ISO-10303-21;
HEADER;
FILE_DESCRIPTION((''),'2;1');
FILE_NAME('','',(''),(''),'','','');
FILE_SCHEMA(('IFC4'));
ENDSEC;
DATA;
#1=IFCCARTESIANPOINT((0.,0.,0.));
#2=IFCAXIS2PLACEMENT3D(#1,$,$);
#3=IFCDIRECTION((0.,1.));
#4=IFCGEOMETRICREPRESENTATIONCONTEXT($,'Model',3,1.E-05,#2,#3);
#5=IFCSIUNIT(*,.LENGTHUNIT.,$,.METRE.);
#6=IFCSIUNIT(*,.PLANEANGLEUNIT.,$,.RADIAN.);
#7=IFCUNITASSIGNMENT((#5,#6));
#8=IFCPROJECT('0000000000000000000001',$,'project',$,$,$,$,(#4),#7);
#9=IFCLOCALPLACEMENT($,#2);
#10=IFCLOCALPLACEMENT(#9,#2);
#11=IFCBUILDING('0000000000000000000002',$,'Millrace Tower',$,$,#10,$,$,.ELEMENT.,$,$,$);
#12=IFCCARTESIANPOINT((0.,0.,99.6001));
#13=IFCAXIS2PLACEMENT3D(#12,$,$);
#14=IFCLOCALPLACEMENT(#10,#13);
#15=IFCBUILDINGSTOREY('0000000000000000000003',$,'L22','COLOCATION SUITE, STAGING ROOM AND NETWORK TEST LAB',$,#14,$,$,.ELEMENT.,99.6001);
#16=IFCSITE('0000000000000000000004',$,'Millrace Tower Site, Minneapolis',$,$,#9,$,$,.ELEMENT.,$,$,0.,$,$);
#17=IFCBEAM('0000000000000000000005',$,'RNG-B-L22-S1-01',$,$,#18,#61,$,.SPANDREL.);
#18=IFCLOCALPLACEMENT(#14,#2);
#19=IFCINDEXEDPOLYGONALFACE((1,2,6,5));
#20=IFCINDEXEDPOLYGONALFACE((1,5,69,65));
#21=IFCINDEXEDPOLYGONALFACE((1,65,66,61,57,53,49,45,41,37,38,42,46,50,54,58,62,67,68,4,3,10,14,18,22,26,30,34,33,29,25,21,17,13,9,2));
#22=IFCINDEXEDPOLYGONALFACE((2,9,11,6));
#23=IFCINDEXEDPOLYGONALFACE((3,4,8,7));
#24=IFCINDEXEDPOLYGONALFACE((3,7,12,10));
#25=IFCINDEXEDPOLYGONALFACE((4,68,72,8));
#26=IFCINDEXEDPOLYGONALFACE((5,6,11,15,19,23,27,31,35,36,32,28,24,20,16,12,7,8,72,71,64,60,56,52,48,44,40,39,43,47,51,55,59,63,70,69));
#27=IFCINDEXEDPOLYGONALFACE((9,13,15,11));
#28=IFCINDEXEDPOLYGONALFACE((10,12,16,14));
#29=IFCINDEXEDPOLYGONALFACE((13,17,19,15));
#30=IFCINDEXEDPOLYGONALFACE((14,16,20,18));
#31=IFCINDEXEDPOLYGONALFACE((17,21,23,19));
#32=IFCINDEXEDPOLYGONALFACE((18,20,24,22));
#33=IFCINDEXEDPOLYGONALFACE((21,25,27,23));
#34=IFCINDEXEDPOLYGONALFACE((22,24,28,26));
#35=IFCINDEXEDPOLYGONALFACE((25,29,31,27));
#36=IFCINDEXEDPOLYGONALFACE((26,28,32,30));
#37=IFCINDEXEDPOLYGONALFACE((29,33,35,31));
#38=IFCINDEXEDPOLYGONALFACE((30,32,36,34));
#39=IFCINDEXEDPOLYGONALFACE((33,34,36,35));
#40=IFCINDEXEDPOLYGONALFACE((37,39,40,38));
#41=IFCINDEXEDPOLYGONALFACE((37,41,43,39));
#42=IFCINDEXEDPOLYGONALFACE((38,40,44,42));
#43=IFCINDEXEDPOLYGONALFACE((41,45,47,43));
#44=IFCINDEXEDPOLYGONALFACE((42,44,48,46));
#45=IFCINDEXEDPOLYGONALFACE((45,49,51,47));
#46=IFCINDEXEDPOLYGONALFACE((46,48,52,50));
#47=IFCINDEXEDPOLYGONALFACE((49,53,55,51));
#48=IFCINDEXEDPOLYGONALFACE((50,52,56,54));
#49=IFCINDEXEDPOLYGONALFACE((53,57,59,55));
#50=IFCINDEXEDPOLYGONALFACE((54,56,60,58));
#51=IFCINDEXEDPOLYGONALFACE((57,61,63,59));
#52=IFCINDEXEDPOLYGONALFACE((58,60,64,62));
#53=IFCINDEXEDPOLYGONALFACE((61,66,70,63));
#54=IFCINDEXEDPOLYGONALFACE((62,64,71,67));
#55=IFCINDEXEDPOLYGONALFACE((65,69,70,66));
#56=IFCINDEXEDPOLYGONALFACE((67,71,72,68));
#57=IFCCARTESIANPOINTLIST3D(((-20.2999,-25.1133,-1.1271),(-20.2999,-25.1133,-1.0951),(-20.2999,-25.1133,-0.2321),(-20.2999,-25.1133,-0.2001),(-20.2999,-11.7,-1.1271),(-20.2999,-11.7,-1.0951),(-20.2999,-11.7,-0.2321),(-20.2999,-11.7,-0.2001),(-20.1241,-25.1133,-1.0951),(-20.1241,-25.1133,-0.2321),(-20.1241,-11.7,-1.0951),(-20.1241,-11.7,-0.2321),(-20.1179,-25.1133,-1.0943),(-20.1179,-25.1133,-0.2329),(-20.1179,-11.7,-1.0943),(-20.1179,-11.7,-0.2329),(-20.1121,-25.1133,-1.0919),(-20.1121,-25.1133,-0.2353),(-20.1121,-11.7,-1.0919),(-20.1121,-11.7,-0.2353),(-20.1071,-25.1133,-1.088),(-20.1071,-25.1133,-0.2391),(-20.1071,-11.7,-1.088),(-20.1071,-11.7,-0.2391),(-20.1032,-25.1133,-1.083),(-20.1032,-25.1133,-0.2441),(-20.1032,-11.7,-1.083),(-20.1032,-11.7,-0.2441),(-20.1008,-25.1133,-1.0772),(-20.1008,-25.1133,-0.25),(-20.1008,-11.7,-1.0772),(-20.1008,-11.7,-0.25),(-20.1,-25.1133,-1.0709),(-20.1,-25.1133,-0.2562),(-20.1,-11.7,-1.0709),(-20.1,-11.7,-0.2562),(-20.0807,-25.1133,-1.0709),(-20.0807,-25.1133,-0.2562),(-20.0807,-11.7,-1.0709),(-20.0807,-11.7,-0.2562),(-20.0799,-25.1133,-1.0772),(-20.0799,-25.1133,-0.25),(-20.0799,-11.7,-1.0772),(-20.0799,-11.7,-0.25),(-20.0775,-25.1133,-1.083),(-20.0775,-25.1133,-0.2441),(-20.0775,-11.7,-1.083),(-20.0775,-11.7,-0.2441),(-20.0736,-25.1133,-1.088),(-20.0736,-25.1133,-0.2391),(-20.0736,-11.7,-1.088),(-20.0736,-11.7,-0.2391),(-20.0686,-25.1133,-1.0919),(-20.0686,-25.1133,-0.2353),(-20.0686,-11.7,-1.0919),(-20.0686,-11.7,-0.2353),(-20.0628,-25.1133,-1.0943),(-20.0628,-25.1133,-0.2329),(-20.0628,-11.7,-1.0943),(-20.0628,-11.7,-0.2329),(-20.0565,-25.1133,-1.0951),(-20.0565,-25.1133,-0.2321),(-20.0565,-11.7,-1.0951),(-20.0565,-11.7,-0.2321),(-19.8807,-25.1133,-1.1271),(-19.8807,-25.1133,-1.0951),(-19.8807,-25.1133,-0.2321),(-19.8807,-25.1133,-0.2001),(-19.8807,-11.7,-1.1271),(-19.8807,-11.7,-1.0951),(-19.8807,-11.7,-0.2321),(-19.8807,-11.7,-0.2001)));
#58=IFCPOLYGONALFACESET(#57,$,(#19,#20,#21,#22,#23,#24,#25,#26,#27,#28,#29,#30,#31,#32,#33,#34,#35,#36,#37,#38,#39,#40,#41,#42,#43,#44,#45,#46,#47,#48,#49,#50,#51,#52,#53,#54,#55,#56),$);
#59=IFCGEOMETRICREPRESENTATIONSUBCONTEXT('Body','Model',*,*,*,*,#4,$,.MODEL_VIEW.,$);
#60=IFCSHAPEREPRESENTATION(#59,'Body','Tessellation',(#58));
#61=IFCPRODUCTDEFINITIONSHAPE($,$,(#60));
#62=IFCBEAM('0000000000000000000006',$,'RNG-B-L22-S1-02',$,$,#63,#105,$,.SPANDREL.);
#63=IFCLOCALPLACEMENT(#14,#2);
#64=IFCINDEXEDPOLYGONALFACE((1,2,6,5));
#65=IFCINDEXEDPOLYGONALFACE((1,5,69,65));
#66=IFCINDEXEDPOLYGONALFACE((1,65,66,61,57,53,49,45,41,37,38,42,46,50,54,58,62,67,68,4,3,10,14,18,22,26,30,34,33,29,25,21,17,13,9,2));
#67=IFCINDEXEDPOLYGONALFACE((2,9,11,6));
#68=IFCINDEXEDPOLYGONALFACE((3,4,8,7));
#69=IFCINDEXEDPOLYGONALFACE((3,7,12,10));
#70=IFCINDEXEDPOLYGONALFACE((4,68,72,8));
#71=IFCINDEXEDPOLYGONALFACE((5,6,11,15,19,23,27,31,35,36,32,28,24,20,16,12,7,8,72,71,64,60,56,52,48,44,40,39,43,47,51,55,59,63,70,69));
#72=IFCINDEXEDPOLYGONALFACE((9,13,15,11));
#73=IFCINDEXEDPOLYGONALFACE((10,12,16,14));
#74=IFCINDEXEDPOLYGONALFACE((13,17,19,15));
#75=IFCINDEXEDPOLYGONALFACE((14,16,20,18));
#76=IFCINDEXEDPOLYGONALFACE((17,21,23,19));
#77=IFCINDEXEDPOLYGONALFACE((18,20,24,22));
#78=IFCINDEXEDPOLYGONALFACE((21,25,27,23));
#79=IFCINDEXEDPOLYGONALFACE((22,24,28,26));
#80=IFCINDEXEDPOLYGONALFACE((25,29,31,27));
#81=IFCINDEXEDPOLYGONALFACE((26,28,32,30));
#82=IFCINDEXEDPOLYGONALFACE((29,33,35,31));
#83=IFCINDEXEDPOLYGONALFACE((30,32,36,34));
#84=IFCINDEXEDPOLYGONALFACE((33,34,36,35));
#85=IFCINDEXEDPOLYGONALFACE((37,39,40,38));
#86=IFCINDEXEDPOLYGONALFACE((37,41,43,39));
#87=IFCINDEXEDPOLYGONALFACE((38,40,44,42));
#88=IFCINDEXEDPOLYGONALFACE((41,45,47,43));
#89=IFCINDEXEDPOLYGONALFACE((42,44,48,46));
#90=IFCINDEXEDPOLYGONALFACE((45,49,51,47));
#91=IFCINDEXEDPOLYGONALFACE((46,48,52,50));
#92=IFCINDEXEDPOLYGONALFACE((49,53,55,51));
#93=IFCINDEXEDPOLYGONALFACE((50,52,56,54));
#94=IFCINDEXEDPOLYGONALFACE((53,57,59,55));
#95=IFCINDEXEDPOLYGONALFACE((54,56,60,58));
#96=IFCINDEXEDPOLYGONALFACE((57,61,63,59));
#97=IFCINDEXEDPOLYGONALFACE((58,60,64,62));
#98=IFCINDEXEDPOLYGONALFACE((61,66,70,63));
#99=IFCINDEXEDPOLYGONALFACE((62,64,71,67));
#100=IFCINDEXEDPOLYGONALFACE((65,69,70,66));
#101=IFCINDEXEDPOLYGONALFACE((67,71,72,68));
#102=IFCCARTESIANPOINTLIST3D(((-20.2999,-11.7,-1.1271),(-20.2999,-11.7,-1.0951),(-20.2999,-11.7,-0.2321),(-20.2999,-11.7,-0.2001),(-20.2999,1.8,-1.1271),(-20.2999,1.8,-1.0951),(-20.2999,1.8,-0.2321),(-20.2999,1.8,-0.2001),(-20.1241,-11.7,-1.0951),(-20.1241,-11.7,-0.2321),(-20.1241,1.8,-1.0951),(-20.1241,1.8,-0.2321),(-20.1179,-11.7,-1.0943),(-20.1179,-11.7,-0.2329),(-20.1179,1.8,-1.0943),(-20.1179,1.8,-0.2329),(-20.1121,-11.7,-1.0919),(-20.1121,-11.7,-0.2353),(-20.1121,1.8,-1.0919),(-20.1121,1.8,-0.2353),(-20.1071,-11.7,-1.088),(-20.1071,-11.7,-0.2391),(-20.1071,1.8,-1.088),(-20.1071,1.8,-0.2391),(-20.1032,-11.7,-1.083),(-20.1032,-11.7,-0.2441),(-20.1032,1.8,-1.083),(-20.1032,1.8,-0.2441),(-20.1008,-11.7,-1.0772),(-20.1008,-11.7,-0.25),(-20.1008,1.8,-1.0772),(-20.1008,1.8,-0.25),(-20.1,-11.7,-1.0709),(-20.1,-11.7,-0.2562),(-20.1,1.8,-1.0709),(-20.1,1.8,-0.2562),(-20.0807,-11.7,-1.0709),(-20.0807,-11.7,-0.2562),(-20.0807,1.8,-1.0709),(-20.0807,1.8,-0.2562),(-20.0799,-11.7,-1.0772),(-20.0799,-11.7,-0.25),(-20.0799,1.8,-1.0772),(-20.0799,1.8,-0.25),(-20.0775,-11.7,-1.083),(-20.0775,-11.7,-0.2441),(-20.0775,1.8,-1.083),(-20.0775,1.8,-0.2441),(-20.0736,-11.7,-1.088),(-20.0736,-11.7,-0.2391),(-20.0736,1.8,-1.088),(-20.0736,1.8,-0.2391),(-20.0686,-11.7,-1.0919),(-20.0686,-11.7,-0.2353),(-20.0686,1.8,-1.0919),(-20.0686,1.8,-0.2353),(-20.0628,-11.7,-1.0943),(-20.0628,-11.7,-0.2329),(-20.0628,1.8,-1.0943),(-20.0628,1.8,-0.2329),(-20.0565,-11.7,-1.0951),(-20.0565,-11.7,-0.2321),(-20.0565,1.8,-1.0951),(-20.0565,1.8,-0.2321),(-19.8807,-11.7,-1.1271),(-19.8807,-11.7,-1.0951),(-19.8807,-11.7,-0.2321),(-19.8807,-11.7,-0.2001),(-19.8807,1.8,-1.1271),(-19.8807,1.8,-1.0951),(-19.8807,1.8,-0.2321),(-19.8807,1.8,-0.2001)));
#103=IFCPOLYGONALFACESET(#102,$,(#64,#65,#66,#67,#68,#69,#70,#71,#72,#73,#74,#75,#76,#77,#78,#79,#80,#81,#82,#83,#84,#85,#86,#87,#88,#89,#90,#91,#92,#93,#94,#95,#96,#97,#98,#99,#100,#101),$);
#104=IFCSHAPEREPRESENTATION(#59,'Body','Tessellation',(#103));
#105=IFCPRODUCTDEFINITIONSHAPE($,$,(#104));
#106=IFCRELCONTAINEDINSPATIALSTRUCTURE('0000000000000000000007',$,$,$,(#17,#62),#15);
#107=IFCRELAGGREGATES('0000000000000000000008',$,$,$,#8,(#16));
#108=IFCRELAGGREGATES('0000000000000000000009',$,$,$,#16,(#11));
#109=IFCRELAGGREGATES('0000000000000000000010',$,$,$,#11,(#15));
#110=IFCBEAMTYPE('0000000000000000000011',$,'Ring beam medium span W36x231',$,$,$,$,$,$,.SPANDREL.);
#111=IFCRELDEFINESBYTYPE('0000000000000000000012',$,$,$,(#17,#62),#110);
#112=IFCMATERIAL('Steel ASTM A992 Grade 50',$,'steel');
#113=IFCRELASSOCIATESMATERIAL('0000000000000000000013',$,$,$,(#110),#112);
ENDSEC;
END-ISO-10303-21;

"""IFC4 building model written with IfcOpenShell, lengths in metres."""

from ifc_helpers import new_model, si_unit, direction, frame, origin, origin_2d, place, context, subcontext, project, spatial, i_section, extrude, material, material_profile, profile_set, type_object, element, save


model = new_model("IFC4")

# Units and contexts
model_context = context("Model", 3, precision=1e-05, world=origin(), true_north=direction((0.0, 1.0)))
body_context = subcontext(model_context, "Body", "Model", "MODEL_VIEW")
ifc_project = project(units=[si_unit("LENGTHUNIT", "METRE"), si_unit("PLANEANGLEUNIT", "RADIAN")], contexts=[model_context])

# Site, building, storey
site_placement = place(None, origin())
site = spatial("IfcSite", under=ifc_project, at=site_placement, Name="Millrace Tower Site, Minneapolis", CompositionType="ELEMENT", RefElevation=0.0)
building_placement = place(site_placement, origin())
building = spatial("IfcBuilding", under=site, at=building_placement, Name="Millrace Tower", CompositionType="ELEMENT")
storey_placement = place(building_placement, frame((0.0, 0.0, 99.6001)))
storey = spatial("IfcBuildingStorey", under=building, at=storey_placement, Name="L22", Description="COLOCATION SUITE, STAGING ROOM AND NETWORK TEST LAB", CompositionType="ELEMENT", Elevation=99.6001)

# Beams
ifc_material_1 = material(Name="Steel ASTM A992 Grade 50", Category="steel")
ifc_material_profile_1 = material_profile(ifc_material_1, i_section(OverallWidth=0.4192, OverallDepth=0.927, WebThickness=0.0193, FlangeThickness=0.032, FilletRadius=0.0242, at=origin_2d()))
ifc_profile_set_1 = profile_set([ifc_material_profile_1], Name="Steel ASTM A992 Grade 50")
beam_type_1 = type_object("IfcBeamType", Name="Ring beam medium span W36x231", PredefinedType="SPANDREL", material=ifc_profile_set_1)
beam_1_placement = place(storey_placement, frame((-20.0903, -25.1133, -0.6636), z_axis=(0.0, 1.0, 0.0), x_axis=(-1.0, 0.0, 0.0)))
element("IfcBeam", 1, at=beam_1_placement, inside=storey, type_object=beam_type_1, Name="RNG-B-L22-S1-01", PredefinedType="SPANDREL", context=body_context, shape_type="SweptSolid", body=[
    extrude(i_section(OverallWidth=0.4192, OverallDepth=0.927, WebThickness=0.0193, FlangeThickness=0.032, FilletRadius=0.0242, at=origin_2d()), origin(), (0.0, 0.0, 1.0), 13.4133),
])
beam_2_placement = place(storey_placement, frame((-20.0903, -11.7, -0.6636), z_axis=(0.0, 1.0, 0.0), x_axis=(-1.0, 0.0, 0.0)))
element("IfcBeam", 2, at=beam_2_placement, inside=storey, type_object=beam_type_1, Name="RNG-B-L22-S1-02", PredefinedType="SPANDREL", context=body_context, shape_type="SweptSolid", body=[
    extrude(i_section(OverallWidth=0.4192, OverallDepth=0.927, WebThickness=0.0193, FlangeThickness=0.032, FilletRadius=0.0242, at=origin_2d()), origin(), (0.0, 0.0, 1.0), 13.5),
])

save(model, "model.ifc")
